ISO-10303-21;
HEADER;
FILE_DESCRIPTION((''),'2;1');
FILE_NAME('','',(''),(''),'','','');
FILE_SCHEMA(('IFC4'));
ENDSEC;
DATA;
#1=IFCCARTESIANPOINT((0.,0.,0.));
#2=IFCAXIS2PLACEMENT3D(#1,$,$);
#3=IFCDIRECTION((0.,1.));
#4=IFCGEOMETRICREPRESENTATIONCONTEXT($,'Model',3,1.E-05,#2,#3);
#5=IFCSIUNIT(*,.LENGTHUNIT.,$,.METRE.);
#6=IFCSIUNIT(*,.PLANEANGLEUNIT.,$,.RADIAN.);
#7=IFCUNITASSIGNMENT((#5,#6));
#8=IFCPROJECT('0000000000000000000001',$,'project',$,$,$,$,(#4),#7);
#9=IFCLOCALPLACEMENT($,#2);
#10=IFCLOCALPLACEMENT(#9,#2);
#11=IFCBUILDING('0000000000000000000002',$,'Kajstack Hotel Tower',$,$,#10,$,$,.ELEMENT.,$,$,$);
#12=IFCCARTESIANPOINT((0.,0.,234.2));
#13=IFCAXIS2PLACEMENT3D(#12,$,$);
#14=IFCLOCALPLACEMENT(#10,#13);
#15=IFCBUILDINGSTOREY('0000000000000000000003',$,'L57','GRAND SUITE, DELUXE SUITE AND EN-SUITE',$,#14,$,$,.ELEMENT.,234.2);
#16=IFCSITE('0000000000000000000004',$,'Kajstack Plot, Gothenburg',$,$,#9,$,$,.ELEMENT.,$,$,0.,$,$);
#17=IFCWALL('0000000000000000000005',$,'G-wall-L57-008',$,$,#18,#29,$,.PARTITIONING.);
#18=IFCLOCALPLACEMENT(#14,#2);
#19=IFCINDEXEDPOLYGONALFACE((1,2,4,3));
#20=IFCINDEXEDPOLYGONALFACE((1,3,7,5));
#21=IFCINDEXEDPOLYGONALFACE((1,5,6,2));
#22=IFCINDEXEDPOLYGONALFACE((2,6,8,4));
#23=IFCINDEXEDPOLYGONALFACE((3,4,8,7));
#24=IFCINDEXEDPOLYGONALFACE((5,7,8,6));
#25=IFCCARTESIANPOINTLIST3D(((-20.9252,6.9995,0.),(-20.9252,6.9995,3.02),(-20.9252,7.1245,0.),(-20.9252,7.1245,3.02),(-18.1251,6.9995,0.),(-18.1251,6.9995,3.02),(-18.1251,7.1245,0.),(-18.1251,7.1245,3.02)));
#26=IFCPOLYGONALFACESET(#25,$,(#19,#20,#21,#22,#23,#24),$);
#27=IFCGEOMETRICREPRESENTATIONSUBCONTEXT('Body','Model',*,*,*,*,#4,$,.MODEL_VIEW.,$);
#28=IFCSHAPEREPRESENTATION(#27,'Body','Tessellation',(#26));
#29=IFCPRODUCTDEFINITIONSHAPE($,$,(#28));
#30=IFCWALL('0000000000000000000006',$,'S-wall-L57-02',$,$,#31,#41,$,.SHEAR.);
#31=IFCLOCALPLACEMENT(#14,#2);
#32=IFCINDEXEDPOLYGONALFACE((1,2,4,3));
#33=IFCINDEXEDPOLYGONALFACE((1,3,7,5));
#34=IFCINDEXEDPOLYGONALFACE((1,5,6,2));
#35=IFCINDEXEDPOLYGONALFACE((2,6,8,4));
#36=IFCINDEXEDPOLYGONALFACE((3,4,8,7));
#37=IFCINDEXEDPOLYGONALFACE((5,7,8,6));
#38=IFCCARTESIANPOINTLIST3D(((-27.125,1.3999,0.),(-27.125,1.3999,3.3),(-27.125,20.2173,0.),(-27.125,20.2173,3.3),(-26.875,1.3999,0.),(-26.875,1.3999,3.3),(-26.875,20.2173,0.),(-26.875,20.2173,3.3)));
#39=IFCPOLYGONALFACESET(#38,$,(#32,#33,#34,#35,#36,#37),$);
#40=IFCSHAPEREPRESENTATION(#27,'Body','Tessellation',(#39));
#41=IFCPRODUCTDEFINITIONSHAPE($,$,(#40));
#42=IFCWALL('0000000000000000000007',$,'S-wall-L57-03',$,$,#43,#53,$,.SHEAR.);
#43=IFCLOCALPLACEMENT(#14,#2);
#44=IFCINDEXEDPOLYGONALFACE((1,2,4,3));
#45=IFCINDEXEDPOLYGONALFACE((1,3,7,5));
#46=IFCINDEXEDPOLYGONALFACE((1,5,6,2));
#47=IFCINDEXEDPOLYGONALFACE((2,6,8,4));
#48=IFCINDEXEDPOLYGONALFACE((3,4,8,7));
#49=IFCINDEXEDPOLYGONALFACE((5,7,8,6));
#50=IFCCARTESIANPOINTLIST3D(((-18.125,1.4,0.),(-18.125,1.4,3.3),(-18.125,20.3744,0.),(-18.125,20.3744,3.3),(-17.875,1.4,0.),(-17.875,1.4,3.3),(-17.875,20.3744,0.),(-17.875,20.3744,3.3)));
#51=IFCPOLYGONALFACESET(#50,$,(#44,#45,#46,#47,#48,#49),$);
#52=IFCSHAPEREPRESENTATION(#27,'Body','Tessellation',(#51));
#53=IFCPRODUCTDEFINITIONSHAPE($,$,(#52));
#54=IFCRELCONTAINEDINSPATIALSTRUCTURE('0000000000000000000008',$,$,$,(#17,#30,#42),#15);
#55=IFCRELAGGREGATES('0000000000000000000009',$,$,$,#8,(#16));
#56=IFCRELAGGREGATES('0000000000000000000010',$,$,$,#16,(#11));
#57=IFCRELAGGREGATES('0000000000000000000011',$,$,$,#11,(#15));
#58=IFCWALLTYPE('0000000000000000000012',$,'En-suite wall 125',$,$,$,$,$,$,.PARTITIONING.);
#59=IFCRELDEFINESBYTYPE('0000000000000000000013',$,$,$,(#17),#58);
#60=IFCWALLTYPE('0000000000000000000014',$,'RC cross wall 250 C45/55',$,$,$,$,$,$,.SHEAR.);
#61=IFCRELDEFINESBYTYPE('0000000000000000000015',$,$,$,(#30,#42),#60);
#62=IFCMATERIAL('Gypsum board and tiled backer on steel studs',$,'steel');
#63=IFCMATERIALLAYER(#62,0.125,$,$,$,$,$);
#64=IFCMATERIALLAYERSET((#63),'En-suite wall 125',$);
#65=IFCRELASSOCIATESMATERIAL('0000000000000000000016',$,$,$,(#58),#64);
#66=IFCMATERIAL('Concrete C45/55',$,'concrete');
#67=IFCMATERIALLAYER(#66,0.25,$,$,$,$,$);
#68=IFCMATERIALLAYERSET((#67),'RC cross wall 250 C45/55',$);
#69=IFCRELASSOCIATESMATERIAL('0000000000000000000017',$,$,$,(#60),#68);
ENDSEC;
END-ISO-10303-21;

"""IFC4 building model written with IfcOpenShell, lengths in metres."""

from ifc_helpers import new_model, si_unit, direction, frame, frame_2d, origin, place, context, subcontext, project, spatial, rectangle, extrude, material, layer, layer_set, type_object, element, save


model = new_model("IFC4")

# Units and contexts
model_context = context("Model", 3, precision=1e-05, world=origin(), true_north=direction((0.0, 1.0)))
body_context = subcontext(model_context, "Body", "Model", "MODEL_VIEW")
ifc_project = project(units=[si_unit("LENGTHUNIT", "METRE"), si_unit("PLANEANGLEUNIT", "RADIAN")], contexts=[model_context])

# Site, building, storey
site_placement = place(None, origin())
site = spatial("IfcSite", under=ifc_project, at=site_placement, Name="Kajstack Plot, Gothenburg", CompositionType="ELEMENT", RefElevation=0.0)
building_placement = place(site_placement, origin())
building = spatial("IfcBuilding", under=site, at=building_placement, Name="Kajstack Hotel Tower", CompositionType="ELEMENT")
storey_placement = place(building_placement, frame((0.0, 0.0, 234.2)))
storey = spatial("IfcBuildingStorey", under=building, at=storey_placement, Name="L57", Description="GRAND SUITE, DELUXE SUITE AND EN-SUITE", CompositionType="ELEMENT", Elevation=234.2)

# Shared definitions
ifc_material_1 = material(Name="Gypsum board and tiled backer on steel studs", Category="steel")
ifc_layer_1 = layer(ifc_material_1, 0.125)
ifc_layer_set_1 = layer_set([ifc_layer_1], Name="En-suite wall 125")
wall_type_1 = type_object("IfcWallType", Name="En-suite wall 125", PredefinedType="PARTITIONING", material=ifc_layer_set_1)

# Walls
wall_1_placement = place(storey_placement, frame((-20.925, 7.062, 0.0), z_axis=(0.0, 0.0, 1.0), x_axis=(1.0, 0.0, 0.0)))
element("IfcWall", 1, at=wall_1_placement, inside=storey, type_object=wall_type_1, Name="G-wall-L57-008", PredefinedType="PARTITIONING", context=body_context, shape_type="SweptSolid", body=[
    extrude(rectangle(XDim=2.8, YDim=0.125, at=frame_2d((1.3999, 0.0))), origin(), (0.0, 0.0, 1.0), 3.02),
])
ifc_material_2 = material(Name="Concrete C45/55", Category="concrete")
ifc_layer_2 = layer(ifc_material_2, 0.25)
ifc_layer_set_2 = layer_set([ifc_layer_2], Name="RC cross wall 250 C45/55")
wall_type_2 = type_object("IfcWallType", Name="RC cross wall 250 C45/55", PredefinedType="SHEAR", material=ifc_layer_set_2)
wall_2_placement = place(storey_placement, frame((-27.0, 1.3999, 0.0), z_axis=(0.0, 0.0, 1.0), x_axis=(0.0, 1.0, 0.0)))
element("IfcWall", 2, at=wall_2_placement, inside=storey, type_object=wall_type_2, Name="S-wall-L57-02", PredefinedType="SHEAR", context=body_context, shape_type="SweptSolid", body=[
    extrude(rectangle(XDim=18.8174, YDim=0.25, at=frame_2d((9.4087, 0.0))), origin(), (0.0, 0.0, 1.0), 3.3),
])
wall_3_placement = place(storey_placement, frame((-18.0, 1.3999, 0.0), z_axis=(0.0, 0.0, 1.0), x_axis=(0.0, 1.0, 0.0)))
element("IfcWall", 3, at=wall_3_placement, inside=storey, type_object=wall_type_2, Name="S-wall-L57-03", PredefinedType="SHEAR", context=body_context, shape_type="SweptSolid", body=[
    extrude(rectangle(XDim=18.9744, YDim=0.25, at=frame_2d((9.4873, 0.0))), origin(), (0.0, 0.0, 1.0), 3.3),
])

save(model, "model.ifc")
